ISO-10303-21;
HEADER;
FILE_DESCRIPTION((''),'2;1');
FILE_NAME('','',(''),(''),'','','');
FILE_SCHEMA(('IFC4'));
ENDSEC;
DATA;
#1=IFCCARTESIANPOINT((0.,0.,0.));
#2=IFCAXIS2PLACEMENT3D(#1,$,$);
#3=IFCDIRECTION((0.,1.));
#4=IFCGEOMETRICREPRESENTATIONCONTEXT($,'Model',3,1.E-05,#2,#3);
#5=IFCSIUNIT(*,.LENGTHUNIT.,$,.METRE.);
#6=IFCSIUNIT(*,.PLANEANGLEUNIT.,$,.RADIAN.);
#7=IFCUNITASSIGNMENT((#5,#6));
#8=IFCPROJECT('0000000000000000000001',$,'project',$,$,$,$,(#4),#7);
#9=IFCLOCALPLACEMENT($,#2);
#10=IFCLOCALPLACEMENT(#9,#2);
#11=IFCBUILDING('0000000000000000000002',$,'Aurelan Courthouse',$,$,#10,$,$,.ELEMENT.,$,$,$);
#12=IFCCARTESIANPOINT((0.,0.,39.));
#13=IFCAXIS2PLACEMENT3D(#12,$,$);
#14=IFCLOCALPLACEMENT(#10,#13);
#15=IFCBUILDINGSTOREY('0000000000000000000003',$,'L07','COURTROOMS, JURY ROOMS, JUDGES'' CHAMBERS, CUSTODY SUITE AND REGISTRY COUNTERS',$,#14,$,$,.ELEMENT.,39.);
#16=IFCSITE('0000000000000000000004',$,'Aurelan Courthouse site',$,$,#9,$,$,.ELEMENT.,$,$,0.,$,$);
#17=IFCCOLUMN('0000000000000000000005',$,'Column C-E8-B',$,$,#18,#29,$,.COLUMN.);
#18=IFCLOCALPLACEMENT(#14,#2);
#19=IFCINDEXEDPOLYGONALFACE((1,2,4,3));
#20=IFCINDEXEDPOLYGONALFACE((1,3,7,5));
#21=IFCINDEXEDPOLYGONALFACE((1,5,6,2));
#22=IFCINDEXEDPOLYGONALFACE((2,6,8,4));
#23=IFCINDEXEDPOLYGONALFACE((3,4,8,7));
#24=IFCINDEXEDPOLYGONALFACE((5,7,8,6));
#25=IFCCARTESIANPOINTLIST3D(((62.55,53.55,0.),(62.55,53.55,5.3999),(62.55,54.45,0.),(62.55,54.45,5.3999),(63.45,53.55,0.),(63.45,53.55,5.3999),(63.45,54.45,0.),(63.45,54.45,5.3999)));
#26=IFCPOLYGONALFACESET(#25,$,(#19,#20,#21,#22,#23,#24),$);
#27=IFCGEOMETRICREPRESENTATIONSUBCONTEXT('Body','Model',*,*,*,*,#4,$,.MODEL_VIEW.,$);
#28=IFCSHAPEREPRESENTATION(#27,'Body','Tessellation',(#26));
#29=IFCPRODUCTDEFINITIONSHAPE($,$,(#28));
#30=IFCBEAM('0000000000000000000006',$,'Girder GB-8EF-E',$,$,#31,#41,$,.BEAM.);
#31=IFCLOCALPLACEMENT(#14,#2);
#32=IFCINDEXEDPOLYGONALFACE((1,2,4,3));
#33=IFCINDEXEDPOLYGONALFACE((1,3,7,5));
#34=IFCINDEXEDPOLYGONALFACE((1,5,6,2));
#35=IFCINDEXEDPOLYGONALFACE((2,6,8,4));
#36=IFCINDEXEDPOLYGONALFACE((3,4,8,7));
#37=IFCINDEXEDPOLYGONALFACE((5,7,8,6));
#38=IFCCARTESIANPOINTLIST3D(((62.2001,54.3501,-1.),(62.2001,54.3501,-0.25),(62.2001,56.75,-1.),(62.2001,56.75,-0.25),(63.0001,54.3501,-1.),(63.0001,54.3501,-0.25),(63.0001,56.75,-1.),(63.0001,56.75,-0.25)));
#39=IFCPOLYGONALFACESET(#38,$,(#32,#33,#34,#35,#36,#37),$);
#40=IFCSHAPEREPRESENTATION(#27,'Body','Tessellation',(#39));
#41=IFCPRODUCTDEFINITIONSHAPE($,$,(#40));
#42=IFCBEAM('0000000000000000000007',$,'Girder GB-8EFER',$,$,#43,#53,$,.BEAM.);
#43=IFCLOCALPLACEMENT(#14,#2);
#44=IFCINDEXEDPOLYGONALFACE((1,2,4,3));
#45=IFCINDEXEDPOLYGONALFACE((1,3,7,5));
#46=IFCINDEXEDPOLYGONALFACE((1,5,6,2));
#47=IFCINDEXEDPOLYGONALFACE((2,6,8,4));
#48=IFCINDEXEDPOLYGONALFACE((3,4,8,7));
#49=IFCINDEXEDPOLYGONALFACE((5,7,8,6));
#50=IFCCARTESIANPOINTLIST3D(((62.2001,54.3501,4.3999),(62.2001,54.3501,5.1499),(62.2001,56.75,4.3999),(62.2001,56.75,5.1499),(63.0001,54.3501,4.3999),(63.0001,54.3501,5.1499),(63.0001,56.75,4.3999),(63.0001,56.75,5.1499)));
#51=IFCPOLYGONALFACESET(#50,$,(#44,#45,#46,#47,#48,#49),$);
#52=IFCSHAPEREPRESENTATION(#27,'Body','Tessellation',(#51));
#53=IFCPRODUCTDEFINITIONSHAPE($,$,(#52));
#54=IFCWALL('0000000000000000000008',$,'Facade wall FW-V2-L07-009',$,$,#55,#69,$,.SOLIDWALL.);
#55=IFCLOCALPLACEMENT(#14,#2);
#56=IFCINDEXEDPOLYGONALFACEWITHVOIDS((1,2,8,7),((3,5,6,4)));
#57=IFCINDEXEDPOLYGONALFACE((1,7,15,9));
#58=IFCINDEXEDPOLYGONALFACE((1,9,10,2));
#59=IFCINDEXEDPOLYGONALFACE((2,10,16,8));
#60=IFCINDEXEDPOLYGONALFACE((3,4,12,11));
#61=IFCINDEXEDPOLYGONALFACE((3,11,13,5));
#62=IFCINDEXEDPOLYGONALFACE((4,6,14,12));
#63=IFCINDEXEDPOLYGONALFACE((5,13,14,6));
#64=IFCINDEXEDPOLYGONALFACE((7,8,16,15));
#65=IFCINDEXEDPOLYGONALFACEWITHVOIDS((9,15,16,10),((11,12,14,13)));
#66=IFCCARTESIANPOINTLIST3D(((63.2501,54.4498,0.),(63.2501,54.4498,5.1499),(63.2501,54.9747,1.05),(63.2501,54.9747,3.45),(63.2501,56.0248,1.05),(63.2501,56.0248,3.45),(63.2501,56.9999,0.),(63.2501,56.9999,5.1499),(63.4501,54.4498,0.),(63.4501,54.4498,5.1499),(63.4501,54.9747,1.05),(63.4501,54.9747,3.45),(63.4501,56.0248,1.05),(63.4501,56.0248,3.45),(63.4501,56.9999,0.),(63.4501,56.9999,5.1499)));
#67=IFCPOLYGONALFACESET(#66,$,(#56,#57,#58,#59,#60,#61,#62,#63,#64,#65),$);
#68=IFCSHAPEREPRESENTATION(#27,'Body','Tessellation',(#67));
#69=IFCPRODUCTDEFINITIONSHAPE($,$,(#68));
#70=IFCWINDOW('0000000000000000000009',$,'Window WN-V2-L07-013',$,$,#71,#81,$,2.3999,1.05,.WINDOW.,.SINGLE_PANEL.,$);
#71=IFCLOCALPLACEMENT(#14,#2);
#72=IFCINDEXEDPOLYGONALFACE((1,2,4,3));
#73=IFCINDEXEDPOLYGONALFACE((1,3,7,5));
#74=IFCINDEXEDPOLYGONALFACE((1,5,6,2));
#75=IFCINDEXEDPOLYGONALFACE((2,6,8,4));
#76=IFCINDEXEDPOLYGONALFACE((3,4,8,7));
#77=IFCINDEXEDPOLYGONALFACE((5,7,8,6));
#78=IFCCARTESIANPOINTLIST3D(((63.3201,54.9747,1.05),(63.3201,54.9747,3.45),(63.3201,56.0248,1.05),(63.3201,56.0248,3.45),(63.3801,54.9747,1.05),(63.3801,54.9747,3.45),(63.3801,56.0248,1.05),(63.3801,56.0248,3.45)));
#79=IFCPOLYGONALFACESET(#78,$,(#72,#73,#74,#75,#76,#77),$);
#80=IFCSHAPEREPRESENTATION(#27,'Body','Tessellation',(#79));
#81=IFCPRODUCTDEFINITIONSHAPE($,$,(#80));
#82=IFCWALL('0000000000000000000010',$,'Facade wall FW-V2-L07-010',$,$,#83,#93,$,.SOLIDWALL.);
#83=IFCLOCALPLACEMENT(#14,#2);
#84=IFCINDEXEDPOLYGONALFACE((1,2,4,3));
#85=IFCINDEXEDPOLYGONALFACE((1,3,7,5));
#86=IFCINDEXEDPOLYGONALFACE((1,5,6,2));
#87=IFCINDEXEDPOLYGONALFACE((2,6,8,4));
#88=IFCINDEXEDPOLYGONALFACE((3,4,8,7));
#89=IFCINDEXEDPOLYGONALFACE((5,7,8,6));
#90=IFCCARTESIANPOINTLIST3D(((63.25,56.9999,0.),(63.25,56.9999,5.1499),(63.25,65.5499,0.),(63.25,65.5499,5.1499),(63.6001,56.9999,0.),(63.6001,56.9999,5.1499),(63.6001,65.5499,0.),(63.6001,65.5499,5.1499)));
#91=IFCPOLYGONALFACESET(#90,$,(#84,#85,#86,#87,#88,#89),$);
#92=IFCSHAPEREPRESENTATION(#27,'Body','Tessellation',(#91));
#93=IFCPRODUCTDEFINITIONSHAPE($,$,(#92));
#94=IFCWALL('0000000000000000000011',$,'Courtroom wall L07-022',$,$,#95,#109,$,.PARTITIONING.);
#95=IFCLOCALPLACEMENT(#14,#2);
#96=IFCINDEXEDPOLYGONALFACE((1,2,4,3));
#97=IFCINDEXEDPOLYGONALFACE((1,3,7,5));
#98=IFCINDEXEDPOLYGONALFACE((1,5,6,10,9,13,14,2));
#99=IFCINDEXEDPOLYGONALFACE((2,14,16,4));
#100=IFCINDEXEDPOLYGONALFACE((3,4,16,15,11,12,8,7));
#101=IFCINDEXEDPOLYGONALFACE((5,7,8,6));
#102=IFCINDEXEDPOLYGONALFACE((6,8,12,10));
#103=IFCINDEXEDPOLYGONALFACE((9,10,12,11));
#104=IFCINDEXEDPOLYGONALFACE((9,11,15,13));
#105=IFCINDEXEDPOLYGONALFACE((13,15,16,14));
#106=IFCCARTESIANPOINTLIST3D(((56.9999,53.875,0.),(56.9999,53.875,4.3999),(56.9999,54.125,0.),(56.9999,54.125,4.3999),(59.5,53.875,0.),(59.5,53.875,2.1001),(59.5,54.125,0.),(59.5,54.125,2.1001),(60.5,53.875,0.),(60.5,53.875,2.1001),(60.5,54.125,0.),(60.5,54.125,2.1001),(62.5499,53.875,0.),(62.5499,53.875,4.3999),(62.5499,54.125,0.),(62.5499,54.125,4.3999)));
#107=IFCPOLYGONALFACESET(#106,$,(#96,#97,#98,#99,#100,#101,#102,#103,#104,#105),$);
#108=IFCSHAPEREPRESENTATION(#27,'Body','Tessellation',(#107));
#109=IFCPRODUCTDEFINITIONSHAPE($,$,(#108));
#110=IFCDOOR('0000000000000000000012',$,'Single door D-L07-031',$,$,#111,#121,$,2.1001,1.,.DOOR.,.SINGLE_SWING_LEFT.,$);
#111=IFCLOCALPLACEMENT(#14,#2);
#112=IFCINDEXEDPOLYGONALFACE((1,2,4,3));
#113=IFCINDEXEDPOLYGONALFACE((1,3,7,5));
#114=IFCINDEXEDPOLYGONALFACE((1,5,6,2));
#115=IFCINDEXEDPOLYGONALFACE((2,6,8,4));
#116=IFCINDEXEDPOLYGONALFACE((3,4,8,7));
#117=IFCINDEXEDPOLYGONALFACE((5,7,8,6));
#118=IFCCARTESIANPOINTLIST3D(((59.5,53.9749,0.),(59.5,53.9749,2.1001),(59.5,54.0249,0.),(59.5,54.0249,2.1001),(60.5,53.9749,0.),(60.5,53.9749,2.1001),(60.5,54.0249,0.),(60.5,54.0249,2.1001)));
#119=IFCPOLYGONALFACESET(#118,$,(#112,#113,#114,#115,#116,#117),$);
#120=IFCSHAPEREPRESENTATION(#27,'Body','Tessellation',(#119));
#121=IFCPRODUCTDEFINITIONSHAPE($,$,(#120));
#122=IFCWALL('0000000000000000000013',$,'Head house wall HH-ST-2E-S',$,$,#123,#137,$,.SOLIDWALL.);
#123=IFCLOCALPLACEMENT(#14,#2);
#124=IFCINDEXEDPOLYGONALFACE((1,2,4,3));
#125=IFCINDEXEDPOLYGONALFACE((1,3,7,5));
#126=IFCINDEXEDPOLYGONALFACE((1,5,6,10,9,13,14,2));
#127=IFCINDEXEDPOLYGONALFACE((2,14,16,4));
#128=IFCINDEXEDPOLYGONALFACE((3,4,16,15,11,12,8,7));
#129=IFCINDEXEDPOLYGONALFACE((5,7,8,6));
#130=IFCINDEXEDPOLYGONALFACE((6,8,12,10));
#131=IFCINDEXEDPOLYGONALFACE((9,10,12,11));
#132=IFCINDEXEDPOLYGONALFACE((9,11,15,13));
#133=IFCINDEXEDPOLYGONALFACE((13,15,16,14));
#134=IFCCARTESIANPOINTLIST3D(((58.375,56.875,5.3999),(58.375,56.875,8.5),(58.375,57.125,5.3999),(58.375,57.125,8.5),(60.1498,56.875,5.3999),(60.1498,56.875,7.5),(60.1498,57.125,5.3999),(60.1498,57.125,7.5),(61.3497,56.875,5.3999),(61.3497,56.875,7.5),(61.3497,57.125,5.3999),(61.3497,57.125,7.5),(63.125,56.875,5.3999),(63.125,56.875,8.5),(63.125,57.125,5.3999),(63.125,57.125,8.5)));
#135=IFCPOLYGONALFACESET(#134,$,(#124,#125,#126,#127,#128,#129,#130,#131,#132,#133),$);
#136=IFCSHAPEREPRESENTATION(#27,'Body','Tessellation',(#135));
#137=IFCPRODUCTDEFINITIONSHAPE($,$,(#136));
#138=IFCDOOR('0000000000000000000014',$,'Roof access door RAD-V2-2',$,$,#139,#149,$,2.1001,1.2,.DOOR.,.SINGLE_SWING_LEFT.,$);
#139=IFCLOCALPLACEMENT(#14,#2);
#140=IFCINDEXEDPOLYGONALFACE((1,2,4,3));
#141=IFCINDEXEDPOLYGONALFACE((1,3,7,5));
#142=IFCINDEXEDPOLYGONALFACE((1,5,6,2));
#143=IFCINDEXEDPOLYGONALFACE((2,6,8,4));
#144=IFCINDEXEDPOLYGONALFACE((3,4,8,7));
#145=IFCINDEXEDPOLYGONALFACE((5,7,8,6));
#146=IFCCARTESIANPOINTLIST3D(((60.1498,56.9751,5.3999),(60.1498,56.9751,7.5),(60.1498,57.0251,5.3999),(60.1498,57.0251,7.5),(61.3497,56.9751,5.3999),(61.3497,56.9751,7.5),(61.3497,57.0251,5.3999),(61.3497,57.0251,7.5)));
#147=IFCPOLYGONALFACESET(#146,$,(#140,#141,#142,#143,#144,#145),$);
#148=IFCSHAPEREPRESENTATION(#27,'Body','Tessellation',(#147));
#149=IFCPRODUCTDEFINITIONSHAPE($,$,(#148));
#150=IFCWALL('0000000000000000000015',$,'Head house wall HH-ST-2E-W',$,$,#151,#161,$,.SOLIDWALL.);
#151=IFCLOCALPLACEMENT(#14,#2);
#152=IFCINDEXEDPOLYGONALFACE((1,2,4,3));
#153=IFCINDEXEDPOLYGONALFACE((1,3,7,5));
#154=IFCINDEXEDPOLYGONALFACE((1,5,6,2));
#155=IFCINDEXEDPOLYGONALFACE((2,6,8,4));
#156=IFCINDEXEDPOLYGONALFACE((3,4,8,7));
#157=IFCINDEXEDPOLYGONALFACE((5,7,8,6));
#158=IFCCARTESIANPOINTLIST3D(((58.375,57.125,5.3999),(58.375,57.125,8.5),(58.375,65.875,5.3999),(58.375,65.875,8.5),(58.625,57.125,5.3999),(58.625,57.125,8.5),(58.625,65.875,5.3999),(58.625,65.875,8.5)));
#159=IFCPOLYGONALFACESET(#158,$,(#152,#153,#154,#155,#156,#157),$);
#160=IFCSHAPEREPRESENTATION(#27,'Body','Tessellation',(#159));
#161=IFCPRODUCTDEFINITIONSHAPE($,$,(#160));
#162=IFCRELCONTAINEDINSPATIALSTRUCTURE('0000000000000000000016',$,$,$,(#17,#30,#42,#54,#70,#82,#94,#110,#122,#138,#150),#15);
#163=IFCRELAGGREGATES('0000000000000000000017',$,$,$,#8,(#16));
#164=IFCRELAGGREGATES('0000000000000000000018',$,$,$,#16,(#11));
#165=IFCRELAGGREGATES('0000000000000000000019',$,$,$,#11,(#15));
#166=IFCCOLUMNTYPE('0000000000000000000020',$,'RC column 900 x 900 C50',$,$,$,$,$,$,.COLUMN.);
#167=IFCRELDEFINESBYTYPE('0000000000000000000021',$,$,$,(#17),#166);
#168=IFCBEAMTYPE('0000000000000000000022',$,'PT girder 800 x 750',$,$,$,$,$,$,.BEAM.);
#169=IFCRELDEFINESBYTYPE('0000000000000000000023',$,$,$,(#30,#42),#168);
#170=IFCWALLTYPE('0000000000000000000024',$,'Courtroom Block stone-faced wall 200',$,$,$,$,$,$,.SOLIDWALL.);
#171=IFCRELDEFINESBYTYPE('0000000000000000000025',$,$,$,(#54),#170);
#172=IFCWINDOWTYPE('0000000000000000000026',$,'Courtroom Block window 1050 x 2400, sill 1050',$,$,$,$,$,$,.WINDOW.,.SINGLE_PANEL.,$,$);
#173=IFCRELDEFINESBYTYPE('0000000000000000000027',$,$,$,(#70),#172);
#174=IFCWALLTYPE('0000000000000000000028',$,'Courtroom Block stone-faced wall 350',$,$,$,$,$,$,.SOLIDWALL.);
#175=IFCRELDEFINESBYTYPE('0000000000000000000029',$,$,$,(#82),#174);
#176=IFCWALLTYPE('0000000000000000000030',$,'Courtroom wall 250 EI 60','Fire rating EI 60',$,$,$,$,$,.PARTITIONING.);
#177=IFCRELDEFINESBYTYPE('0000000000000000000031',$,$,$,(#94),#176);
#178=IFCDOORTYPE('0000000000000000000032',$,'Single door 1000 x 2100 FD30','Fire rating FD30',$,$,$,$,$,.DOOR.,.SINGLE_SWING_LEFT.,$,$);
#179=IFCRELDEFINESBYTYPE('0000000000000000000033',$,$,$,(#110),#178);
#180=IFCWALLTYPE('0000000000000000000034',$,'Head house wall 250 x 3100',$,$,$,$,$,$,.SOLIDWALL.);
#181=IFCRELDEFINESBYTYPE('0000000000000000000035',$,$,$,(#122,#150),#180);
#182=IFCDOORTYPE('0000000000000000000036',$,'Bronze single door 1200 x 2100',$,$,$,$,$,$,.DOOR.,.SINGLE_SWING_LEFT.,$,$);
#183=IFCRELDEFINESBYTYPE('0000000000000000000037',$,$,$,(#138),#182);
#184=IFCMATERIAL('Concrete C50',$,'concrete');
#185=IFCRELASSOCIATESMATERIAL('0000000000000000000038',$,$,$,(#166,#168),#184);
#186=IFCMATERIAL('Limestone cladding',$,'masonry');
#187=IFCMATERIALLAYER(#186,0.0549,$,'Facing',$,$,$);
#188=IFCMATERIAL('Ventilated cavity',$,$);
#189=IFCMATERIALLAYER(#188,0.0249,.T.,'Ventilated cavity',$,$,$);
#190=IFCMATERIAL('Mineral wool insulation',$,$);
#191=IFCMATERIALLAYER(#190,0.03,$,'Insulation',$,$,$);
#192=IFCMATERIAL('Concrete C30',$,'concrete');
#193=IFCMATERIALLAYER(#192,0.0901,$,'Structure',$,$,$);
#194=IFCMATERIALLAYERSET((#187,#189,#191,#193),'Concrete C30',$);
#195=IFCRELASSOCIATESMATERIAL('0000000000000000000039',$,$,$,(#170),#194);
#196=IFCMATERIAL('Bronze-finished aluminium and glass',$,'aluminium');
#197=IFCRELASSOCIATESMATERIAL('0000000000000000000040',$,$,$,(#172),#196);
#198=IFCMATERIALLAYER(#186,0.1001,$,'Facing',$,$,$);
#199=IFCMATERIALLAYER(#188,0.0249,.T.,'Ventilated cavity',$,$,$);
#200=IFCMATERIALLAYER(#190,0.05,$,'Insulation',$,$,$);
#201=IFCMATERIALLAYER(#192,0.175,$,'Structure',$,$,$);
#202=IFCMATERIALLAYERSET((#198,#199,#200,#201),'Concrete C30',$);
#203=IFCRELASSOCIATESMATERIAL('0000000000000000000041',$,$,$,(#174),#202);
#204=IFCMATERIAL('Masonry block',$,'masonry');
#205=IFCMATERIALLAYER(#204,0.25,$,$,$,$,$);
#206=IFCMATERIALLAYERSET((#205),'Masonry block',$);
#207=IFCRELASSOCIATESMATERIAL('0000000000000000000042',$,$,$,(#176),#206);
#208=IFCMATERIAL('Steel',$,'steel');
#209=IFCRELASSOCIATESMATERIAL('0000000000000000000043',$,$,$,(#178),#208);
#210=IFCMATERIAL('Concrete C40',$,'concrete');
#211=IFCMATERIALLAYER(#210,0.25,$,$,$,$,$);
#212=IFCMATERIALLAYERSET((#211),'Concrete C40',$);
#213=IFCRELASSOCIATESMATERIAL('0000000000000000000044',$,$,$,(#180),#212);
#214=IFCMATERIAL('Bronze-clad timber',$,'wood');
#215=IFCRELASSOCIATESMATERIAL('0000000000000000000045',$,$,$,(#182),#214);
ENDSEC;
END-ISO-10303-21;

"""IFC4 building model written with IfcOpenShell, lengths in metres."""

from ifc_helpers import new_model, si_unit, direction, frame, frame_2d, origin, origin_2d, place, context, subcontext, project, spatial, rectangle, extrude, material, layer, layer_set, material_profile, profile_set, type_object, element, fill, save


model = new_model("IFC4")

# Units and contexts
model_context = context("Model", 3, precision=1e-05, world=origin(), true_north=direction((0.0, 1.0)))
body_context = subcontext(model_context, "Body", "Model", "MODEL_VIEW")
ifc_project = project(units=[si_unit("LENGTHUNIT", "METRE"), si_unit("PLANEANGLEUNIT", "RADIAN")], contexts=[model_context])

# Site, building, storey
site_placement = place(None, origin())
site = spatial("IfcSite", under=ifc_project, at=site_placement, Name="Aurelan Courthouse site", CompositionType="ELEMENT", RefElevation=0.0)
building_placement = place(site_placement, origin())
building = spatial("IfcBuilding", under=site, at=building_placement, Name="Aurelan Courthouse", CompositionType="ELEMENT")
storey_placement = place(building_placement, frame((0.0, 0.0, 39.0)))
storey = spatial("IfcBuildingStorey", under=building, at=storey_placement, Name="L07", Description="COURTROOMS, JURY ROOMS, JUDGES' CHAMBERS, CUSTODY SUITE AND REGISTRY COUNTERS", CompositionType="ELEMENT", Elevation=39.0)

# Column
ifc_material_1 = material(Name="Concrete C50", Category="concrete")
ifc_material_profile_1 = material_profile(ifc_material_1, rectangle(XDim=0.8999, YDim=0.8999, at=origin_2d()), Name="RC 900 x 900")
ifc_profile_set_1 = profile_set([ifc_material_profile_1], Name="Concrete C50")
column_type = type_object("IfcColumnType", Name="RC column 900 x 900 C50", PredefinedType="COLUMN", material=ifc_profile_set_1)
column_placement = place(storey_placement, frame((63.0, 54.0, 0.0), z_axis=(0.0, 0.0, 1.0), x_axis=(1.0, 0.0, 0.0)))
element("IfcColumn", 1, at=column_placement, inside=storey, type_object=column_type, Name="Column C-E8-B", PredefinedType="COLUMN", context=body_context, shape_type="SweptSolid", body=[
    extrude(rectangle(XDim=0.8999, YDim=0.8999, at=origin_2d()), origin(), (0.0, 0.0, 1.0), 5.3999),
])

# Beams
ifc_material_profile_2 = material_profile(ifc_material_1, rectangle(XDim=0.8, YDim=0.75, at=origin_2d()), Name="RC 800 x 750")
ifc_profile_set_2 = profile_set([ifc_material_profile_2], Name="Concrete C50")
beam_type = type_object("IfcBeamType", Name="PT girder 800 x 750", PredefinedType="BEAM", material=ifc_profile_set_2)
for number, where, z_axis, x_axis, name in (
    (2, (62.6001, 54.3501, -0.625), (0.0, 1.0, 0.0), (-1.0, 0.0, 0.0), "Girder GB-8EF-E"),
    (3, (62.6001, 54.3501, 4.7749), (0.0, 1.0, 0.0), (-1.0, 0.0, 0.0), "Girder GB-8EFER"),
):
    element("IfcBeam", number, at=place(storey_placement, frame(where, z_axis=z_axis, x_axis=x_axis)), inside=storey, type_object=beam_type, Name=name, PredefinedType="BEAM", context=body_context, shape_type="SweptSolid", body=[
        extrude(rectangle(XDim=0.8, YDim=0.75, at=origin_2d()), origin(), (0.0, 0.0, 1.0), 2.3999),
    ])

# Wall, opening, window
ifc_material_2 = material(Name="Limestone cladding", Category="masonry")
ifc_layer_1 = layer(ifc_material_2, 0.0549, Name="Facing")
ifc_material_3 = material(Name="Ventilated cavity")
ifc_layer_2 = layer(ifc_material_3, 0.0249, ventilated=True, Name="Ventilated cavity")
ifc_material_4 = material(Name="Mineral wool insulation")
ifc_layer_3 = layer(ifc_material_4, 0.03, Name="Insulation")
ifc_material_5 = material(Name="Concrete C30", Category="concrete")
ifc_layer_4 = layer(ifc_material_5, 0.0901, Name="Structure")
ifc_layer_set_1 = layer_set([ifc_layer_1, ifc_layer_2, ifc_layer_3, ifc_layer_4], Name="Concrete C30")
wall_type_1 = type_object("IfcWallType", Name="Courtroom Block stone-faced wall 200", PredefinedType="SOLIDWALL", material=ifc_layer_set_1)
wall_1_placement = place(storey_placement, frame((63.3501, 54.45, 0.0), z_axis=(0.0, 0.0, 1.0), x_axis=(0.0, 1.0, 0.0)))
wall_1 = element("IfcWall", 4, at=wall_1_placement, inside=storey, type_object=wall_type_1, Name="Facade wall FW-V2-L07-009", PredefinedType="SOLIDWALL", context=body_context, shape_type="SweptSolid", body=[
    extrude(rectangle(XDim=2.55, YDim=0.2, at=frame_2d((1.2749, 0.0))), origin(), (0.0, 0.0, 1.0), 5.1499),
])
opening_1_placement = place(wall_1_placement, frame((0.5249, 0.0, 1.05)))
opening_1 = element("IfcOpeningElement", 5, at=opening_1_placement, cuts=wall_1, PredefinedType="OPENING", context=body_context, shape_type="SweptSolid", body=[
    extrude(rectangle(XDim=1.05, YDim=2.3999, at=frame_2d((0.5249, 1.2))), frame((0.0, 0.1099, 0.0), z_axis=(0.0, -1.0, 0.0), x_axis=(1.0, 0.0, 0.0)), (0.0, 0.0, 1.0), 0.22),
])
ifc_material_6 = material(Name="Bronze-finished aluminium and glass", Category="aluminium")
window_type = type_object("IfcWindowType", Name="Courtroom Block window 1050 x 2400, sill 1050", PartitioningType="SINGLE_PANEL", PredefinedType="WINDOW", material=ifc_material_6)
window_placement = place(opening_1_placement, origin())
window = element("IfcWindow", 6, at=window_placement, inside=storey, type_object=window_type, Name="Window WN-V2-L07-013", OverallHeight=2.3999, OverallWidth=1.05, PartitioningType="SINGLE_PANEL", PredefinedType="WINDOW", context=body_context, shape_type="SweptSolid", body=[
    extrude(rectangle(XDim=1.05, YDim=2.3999, at=frame_2d((0.5249, 1.2))), frame((0.0, 0.03, 0.0), z_axis=(0.0, -1.0, 0.0), x_axis=(1.0, 0.0, 0.0)), (0.0, 0.0, 1.0), 0.0601),
])
fill(opening_1, window)

# Wall
ifc_layer_5 = layer(ifc_material_2, 0.1001, Name="Facing")
ifc_layer_6 = layer(ifc_material_3, 0.0249, ventilated=True, Name="Ventilated cavity")
ifc_layer_7 = layer(ifc_material_4, 0.05, Name="Insulation")
ifc_layer_8 = layer(ifc_material_5, 0.175, Name="Structure")
ifc_layer_set_2 = layer_set([ifc_layer_5, ifc_layer_6, ifc_layer_7, ifc_layer_8], Name="Concrete C30")
wall_type_2 = type_object("IfcWallType", Name="Courtroom Block stone-faced wall 350", PredefinedType="SOLIDWALL", material=ifc_layer_set_2)
wall_2_placement = place(storey_placement, frame((63.425, 57.0, 0.0), z_axis=(0.0, 0.0, 1.0), x_axis=(0.0, 1.0, 0.0)))
element("IfcWall", 7, at=wall_2_placement, inside=storey, type_object=wall_type_2, Name="Facade wall FW-V2-L07-010", PredefinedType="SOLIDWALL", context=body_context, shape_type="SweptSolid", body=[
    extrude(rectangle(XDim=8.55, YDim=0.3501, at=frame_2d((4.2749, 0.0))), origin(), (0.0, 0.0, 1.0), 5.1499),
])

# Walls, openings, doors
ifc_material_7 = material(Name="Masonry block", Category="masonry")
ifc_layer_9 = layer(ifc_material_7, 0.25)
ifc_layer_set_3 = layer_set([ifc_layer_9], Name="Masonry block")
wall_type_3 = type_object("IfcWallType", Name="Courtroom wall 250 EI 60", Description="Fire rating EI 60", PredefinedType="PARTITIONING", material=ifc_layer_set_3)
wall_3_placement = place(storey_placement, frame((57.0, 54.0, 0.0), z_axis=(0.0, 0.0, 1.0), x_axis=(1.0, 0.0, 0.0)))
wall_3 = element("IfcWall", 8, at=wall_3_placement, inside=storey, type_object=wall_type_3, Name="Courtroom wall L07-022", PredefinedType="PARTITIONING", context=body_context, shape_type="SweptSolid", body=[
    extrude(rectangle(XDim=5.55, YDim=0.25, at=frame_2d((2.7749, 0.0))), origin(), (0.0, 0.0, 1.0), 4.3999),
])
opening_2_placement = place(wall_3_placement, frame((2.5, 0.0, 0.0)))
opening_2 = element("IfcOpeningElement", 9, at=opening_2_placement, cuts=wall_3, PredefinedType="OPENING", context=body_context, shape_type="SweptSolid", body=[
    extrude(rectangle(XDim=1.0, YDim=2.1001, at=frame_2d((0.5, 1.05))), frame((0.0, 0.135, 0.0), z_axis=(0.0, -1.0, 0.0), x_axis=(1.0, 0.0, 0.0)), (0.0, 0.0, 1.0), 0.27),
])
ifc_material_8 = material(Name="Steel", Category="steel")
door_type_1 = type_object("IfcDoorType", Name="Single door 1000 x 2100 FD30", Description="Fire rating FD30", OperationType="SINGLE_SWING_LEFT", PredefinedType="DOOR", material=ifc_material_8)
door_1_placement = place(opening_2_placement, origin())
door_1 = element("IfcDoor", 10, at=door_1_placement, inside=storey, type_object=door_type_1, Name="Single door D-L07-031", OperationType="SINGLE_SWING_LEFT", OverallHeight=2.1001, OverallWidth=1.0, PredefinedType="DOOR", context=body_context, shape_type="SweptSolid", body=[
    extrude(rectangle(XDim=1.0, YDim=2.1001, at=frame_2d((0.5, 1.05))), frame((0.0, 0.0249, 0.0), z_axis=(0.0, -1.0, 0.0), x_axis=(1.0, 0.0, 0.0)), (0.0, 0.0, 1.0), 0.05),
])
fill(opening_2, door_1)
ifc_material_9 = material(Name="Concrete C40", Category="concrete")
ifc_layer_10 = layer(ifc_material_9, 0.25)
ifc_layer_set_4 = layer_set([ifc_layer_10], Name="Concrete C40")
wall_type_4 = type_object("IfcWallType", Name="Head house wall 250 x 3100", PredefinedType="SOLIDWALL", material=ifc_layer_set_4)
wall_4_placement = place(storey_placement, frame((58.375, 57.0, 5.3999), z_axis=(0.0, 0.0, 1.0), x_axis=(1.0, 0.0, 0.0)))
wall_4 = element("IfcWall", 11, at=wall_4_placement, inside=storey, type_object=wall_type_4, Name="Head house wall HH-ST-2E-S", PredefinedType="SOLIDWALL", context=body_context, shape_type="SweptSolid", body=[
    extrude(rectangle(XDim=4.75, YDim=0.25, at=frame_2d((2.375, 0.0))), origin(), (0.0, 0.0, 1.0), 3.1001),
])
opening_3_placement = place(wall_4_placement, frame((2.9749, 0.0, 0.0), z_axis=(0.0, 0.0, 1.0), x_axis=(-1.0, 0.0, 0.0)))
opening_3 = element("IfcOpeningElement", 12, at=opening_3_placement, cuts=wall_4, PredefinedType="OPENING", context=body_context, shape_type="SweptSolid", body=[
    extrude(rectangle(XDim=1.2, YDim=2.1001, at=frame_2d((0.6001, 1.05))), frame((0.0, 0.135, 0.0), z_axis=(0.0, -1.0, 0.0), x_axis=(1.0, 0.0, 0.0)), (0.0, 0.0, 1.0), 0.27),
])
ifc_material_10 = material(Name="Bronze-clad timber", Category="wood")
door_type_2 = type_object("IfcDoorType", Name="Bronze single door 1200 x 2100", OperationType="SINGLE_SWING_LEFT", PredefinedType="DOOR", material=ifc_material_10)
door_2_placement = place(opening_3_placement, origin())
door_2 = element("IfcDoor", 13, at=door_2_placement, inside=storey, type_object=door_type_2, Name="Roof access door RAD-V2-2", OperationType="SINGLE_SWING_LEFT", OverallHeight=2.1001, OverallWidth=1.2, PredefinedType="DOOR", context=body_context, shape_type="SweptSolid", body=[
    extrude(rectangle(XDim=1.2, YDim=2.1001, at=frame_2d((0.6001, 1.05))), frame((0.0, 0.0249, 0.0), z_axis=(0.0, -1.0, 0.0), x_axis=(1.0, 0.0, 0.0)), (0.0, 0.0, 1.0), 0.05),
])
fill(opening_3, door_2)

# Wall
for number, where, z_axis, x_axis, name in (
    (14, (58.5, 57.125, 5.3999), (0.0, 0.0, 1.0), (0.0, 1.0, 0.0), "Head house wall HH-ST-2E-W"),
):
    element("IfcWall", number, at=place(storey_placement, frame(where, z_axis=z_axis, x_axis=x_axis)), inside=storey, type_object=wall_type_4, Name=name, PredefinedType="SOLIDWALL", context=body_context, shape_type="SweptSolid", body=[
        extrude(rectangle(XDim=8.75, YDim=0.25, at=frame_2d((4.375, 0.0))), origin(), (0.0, 0.0, 1.0), 3.1001),
    ])

save(model, "model.ifc")
